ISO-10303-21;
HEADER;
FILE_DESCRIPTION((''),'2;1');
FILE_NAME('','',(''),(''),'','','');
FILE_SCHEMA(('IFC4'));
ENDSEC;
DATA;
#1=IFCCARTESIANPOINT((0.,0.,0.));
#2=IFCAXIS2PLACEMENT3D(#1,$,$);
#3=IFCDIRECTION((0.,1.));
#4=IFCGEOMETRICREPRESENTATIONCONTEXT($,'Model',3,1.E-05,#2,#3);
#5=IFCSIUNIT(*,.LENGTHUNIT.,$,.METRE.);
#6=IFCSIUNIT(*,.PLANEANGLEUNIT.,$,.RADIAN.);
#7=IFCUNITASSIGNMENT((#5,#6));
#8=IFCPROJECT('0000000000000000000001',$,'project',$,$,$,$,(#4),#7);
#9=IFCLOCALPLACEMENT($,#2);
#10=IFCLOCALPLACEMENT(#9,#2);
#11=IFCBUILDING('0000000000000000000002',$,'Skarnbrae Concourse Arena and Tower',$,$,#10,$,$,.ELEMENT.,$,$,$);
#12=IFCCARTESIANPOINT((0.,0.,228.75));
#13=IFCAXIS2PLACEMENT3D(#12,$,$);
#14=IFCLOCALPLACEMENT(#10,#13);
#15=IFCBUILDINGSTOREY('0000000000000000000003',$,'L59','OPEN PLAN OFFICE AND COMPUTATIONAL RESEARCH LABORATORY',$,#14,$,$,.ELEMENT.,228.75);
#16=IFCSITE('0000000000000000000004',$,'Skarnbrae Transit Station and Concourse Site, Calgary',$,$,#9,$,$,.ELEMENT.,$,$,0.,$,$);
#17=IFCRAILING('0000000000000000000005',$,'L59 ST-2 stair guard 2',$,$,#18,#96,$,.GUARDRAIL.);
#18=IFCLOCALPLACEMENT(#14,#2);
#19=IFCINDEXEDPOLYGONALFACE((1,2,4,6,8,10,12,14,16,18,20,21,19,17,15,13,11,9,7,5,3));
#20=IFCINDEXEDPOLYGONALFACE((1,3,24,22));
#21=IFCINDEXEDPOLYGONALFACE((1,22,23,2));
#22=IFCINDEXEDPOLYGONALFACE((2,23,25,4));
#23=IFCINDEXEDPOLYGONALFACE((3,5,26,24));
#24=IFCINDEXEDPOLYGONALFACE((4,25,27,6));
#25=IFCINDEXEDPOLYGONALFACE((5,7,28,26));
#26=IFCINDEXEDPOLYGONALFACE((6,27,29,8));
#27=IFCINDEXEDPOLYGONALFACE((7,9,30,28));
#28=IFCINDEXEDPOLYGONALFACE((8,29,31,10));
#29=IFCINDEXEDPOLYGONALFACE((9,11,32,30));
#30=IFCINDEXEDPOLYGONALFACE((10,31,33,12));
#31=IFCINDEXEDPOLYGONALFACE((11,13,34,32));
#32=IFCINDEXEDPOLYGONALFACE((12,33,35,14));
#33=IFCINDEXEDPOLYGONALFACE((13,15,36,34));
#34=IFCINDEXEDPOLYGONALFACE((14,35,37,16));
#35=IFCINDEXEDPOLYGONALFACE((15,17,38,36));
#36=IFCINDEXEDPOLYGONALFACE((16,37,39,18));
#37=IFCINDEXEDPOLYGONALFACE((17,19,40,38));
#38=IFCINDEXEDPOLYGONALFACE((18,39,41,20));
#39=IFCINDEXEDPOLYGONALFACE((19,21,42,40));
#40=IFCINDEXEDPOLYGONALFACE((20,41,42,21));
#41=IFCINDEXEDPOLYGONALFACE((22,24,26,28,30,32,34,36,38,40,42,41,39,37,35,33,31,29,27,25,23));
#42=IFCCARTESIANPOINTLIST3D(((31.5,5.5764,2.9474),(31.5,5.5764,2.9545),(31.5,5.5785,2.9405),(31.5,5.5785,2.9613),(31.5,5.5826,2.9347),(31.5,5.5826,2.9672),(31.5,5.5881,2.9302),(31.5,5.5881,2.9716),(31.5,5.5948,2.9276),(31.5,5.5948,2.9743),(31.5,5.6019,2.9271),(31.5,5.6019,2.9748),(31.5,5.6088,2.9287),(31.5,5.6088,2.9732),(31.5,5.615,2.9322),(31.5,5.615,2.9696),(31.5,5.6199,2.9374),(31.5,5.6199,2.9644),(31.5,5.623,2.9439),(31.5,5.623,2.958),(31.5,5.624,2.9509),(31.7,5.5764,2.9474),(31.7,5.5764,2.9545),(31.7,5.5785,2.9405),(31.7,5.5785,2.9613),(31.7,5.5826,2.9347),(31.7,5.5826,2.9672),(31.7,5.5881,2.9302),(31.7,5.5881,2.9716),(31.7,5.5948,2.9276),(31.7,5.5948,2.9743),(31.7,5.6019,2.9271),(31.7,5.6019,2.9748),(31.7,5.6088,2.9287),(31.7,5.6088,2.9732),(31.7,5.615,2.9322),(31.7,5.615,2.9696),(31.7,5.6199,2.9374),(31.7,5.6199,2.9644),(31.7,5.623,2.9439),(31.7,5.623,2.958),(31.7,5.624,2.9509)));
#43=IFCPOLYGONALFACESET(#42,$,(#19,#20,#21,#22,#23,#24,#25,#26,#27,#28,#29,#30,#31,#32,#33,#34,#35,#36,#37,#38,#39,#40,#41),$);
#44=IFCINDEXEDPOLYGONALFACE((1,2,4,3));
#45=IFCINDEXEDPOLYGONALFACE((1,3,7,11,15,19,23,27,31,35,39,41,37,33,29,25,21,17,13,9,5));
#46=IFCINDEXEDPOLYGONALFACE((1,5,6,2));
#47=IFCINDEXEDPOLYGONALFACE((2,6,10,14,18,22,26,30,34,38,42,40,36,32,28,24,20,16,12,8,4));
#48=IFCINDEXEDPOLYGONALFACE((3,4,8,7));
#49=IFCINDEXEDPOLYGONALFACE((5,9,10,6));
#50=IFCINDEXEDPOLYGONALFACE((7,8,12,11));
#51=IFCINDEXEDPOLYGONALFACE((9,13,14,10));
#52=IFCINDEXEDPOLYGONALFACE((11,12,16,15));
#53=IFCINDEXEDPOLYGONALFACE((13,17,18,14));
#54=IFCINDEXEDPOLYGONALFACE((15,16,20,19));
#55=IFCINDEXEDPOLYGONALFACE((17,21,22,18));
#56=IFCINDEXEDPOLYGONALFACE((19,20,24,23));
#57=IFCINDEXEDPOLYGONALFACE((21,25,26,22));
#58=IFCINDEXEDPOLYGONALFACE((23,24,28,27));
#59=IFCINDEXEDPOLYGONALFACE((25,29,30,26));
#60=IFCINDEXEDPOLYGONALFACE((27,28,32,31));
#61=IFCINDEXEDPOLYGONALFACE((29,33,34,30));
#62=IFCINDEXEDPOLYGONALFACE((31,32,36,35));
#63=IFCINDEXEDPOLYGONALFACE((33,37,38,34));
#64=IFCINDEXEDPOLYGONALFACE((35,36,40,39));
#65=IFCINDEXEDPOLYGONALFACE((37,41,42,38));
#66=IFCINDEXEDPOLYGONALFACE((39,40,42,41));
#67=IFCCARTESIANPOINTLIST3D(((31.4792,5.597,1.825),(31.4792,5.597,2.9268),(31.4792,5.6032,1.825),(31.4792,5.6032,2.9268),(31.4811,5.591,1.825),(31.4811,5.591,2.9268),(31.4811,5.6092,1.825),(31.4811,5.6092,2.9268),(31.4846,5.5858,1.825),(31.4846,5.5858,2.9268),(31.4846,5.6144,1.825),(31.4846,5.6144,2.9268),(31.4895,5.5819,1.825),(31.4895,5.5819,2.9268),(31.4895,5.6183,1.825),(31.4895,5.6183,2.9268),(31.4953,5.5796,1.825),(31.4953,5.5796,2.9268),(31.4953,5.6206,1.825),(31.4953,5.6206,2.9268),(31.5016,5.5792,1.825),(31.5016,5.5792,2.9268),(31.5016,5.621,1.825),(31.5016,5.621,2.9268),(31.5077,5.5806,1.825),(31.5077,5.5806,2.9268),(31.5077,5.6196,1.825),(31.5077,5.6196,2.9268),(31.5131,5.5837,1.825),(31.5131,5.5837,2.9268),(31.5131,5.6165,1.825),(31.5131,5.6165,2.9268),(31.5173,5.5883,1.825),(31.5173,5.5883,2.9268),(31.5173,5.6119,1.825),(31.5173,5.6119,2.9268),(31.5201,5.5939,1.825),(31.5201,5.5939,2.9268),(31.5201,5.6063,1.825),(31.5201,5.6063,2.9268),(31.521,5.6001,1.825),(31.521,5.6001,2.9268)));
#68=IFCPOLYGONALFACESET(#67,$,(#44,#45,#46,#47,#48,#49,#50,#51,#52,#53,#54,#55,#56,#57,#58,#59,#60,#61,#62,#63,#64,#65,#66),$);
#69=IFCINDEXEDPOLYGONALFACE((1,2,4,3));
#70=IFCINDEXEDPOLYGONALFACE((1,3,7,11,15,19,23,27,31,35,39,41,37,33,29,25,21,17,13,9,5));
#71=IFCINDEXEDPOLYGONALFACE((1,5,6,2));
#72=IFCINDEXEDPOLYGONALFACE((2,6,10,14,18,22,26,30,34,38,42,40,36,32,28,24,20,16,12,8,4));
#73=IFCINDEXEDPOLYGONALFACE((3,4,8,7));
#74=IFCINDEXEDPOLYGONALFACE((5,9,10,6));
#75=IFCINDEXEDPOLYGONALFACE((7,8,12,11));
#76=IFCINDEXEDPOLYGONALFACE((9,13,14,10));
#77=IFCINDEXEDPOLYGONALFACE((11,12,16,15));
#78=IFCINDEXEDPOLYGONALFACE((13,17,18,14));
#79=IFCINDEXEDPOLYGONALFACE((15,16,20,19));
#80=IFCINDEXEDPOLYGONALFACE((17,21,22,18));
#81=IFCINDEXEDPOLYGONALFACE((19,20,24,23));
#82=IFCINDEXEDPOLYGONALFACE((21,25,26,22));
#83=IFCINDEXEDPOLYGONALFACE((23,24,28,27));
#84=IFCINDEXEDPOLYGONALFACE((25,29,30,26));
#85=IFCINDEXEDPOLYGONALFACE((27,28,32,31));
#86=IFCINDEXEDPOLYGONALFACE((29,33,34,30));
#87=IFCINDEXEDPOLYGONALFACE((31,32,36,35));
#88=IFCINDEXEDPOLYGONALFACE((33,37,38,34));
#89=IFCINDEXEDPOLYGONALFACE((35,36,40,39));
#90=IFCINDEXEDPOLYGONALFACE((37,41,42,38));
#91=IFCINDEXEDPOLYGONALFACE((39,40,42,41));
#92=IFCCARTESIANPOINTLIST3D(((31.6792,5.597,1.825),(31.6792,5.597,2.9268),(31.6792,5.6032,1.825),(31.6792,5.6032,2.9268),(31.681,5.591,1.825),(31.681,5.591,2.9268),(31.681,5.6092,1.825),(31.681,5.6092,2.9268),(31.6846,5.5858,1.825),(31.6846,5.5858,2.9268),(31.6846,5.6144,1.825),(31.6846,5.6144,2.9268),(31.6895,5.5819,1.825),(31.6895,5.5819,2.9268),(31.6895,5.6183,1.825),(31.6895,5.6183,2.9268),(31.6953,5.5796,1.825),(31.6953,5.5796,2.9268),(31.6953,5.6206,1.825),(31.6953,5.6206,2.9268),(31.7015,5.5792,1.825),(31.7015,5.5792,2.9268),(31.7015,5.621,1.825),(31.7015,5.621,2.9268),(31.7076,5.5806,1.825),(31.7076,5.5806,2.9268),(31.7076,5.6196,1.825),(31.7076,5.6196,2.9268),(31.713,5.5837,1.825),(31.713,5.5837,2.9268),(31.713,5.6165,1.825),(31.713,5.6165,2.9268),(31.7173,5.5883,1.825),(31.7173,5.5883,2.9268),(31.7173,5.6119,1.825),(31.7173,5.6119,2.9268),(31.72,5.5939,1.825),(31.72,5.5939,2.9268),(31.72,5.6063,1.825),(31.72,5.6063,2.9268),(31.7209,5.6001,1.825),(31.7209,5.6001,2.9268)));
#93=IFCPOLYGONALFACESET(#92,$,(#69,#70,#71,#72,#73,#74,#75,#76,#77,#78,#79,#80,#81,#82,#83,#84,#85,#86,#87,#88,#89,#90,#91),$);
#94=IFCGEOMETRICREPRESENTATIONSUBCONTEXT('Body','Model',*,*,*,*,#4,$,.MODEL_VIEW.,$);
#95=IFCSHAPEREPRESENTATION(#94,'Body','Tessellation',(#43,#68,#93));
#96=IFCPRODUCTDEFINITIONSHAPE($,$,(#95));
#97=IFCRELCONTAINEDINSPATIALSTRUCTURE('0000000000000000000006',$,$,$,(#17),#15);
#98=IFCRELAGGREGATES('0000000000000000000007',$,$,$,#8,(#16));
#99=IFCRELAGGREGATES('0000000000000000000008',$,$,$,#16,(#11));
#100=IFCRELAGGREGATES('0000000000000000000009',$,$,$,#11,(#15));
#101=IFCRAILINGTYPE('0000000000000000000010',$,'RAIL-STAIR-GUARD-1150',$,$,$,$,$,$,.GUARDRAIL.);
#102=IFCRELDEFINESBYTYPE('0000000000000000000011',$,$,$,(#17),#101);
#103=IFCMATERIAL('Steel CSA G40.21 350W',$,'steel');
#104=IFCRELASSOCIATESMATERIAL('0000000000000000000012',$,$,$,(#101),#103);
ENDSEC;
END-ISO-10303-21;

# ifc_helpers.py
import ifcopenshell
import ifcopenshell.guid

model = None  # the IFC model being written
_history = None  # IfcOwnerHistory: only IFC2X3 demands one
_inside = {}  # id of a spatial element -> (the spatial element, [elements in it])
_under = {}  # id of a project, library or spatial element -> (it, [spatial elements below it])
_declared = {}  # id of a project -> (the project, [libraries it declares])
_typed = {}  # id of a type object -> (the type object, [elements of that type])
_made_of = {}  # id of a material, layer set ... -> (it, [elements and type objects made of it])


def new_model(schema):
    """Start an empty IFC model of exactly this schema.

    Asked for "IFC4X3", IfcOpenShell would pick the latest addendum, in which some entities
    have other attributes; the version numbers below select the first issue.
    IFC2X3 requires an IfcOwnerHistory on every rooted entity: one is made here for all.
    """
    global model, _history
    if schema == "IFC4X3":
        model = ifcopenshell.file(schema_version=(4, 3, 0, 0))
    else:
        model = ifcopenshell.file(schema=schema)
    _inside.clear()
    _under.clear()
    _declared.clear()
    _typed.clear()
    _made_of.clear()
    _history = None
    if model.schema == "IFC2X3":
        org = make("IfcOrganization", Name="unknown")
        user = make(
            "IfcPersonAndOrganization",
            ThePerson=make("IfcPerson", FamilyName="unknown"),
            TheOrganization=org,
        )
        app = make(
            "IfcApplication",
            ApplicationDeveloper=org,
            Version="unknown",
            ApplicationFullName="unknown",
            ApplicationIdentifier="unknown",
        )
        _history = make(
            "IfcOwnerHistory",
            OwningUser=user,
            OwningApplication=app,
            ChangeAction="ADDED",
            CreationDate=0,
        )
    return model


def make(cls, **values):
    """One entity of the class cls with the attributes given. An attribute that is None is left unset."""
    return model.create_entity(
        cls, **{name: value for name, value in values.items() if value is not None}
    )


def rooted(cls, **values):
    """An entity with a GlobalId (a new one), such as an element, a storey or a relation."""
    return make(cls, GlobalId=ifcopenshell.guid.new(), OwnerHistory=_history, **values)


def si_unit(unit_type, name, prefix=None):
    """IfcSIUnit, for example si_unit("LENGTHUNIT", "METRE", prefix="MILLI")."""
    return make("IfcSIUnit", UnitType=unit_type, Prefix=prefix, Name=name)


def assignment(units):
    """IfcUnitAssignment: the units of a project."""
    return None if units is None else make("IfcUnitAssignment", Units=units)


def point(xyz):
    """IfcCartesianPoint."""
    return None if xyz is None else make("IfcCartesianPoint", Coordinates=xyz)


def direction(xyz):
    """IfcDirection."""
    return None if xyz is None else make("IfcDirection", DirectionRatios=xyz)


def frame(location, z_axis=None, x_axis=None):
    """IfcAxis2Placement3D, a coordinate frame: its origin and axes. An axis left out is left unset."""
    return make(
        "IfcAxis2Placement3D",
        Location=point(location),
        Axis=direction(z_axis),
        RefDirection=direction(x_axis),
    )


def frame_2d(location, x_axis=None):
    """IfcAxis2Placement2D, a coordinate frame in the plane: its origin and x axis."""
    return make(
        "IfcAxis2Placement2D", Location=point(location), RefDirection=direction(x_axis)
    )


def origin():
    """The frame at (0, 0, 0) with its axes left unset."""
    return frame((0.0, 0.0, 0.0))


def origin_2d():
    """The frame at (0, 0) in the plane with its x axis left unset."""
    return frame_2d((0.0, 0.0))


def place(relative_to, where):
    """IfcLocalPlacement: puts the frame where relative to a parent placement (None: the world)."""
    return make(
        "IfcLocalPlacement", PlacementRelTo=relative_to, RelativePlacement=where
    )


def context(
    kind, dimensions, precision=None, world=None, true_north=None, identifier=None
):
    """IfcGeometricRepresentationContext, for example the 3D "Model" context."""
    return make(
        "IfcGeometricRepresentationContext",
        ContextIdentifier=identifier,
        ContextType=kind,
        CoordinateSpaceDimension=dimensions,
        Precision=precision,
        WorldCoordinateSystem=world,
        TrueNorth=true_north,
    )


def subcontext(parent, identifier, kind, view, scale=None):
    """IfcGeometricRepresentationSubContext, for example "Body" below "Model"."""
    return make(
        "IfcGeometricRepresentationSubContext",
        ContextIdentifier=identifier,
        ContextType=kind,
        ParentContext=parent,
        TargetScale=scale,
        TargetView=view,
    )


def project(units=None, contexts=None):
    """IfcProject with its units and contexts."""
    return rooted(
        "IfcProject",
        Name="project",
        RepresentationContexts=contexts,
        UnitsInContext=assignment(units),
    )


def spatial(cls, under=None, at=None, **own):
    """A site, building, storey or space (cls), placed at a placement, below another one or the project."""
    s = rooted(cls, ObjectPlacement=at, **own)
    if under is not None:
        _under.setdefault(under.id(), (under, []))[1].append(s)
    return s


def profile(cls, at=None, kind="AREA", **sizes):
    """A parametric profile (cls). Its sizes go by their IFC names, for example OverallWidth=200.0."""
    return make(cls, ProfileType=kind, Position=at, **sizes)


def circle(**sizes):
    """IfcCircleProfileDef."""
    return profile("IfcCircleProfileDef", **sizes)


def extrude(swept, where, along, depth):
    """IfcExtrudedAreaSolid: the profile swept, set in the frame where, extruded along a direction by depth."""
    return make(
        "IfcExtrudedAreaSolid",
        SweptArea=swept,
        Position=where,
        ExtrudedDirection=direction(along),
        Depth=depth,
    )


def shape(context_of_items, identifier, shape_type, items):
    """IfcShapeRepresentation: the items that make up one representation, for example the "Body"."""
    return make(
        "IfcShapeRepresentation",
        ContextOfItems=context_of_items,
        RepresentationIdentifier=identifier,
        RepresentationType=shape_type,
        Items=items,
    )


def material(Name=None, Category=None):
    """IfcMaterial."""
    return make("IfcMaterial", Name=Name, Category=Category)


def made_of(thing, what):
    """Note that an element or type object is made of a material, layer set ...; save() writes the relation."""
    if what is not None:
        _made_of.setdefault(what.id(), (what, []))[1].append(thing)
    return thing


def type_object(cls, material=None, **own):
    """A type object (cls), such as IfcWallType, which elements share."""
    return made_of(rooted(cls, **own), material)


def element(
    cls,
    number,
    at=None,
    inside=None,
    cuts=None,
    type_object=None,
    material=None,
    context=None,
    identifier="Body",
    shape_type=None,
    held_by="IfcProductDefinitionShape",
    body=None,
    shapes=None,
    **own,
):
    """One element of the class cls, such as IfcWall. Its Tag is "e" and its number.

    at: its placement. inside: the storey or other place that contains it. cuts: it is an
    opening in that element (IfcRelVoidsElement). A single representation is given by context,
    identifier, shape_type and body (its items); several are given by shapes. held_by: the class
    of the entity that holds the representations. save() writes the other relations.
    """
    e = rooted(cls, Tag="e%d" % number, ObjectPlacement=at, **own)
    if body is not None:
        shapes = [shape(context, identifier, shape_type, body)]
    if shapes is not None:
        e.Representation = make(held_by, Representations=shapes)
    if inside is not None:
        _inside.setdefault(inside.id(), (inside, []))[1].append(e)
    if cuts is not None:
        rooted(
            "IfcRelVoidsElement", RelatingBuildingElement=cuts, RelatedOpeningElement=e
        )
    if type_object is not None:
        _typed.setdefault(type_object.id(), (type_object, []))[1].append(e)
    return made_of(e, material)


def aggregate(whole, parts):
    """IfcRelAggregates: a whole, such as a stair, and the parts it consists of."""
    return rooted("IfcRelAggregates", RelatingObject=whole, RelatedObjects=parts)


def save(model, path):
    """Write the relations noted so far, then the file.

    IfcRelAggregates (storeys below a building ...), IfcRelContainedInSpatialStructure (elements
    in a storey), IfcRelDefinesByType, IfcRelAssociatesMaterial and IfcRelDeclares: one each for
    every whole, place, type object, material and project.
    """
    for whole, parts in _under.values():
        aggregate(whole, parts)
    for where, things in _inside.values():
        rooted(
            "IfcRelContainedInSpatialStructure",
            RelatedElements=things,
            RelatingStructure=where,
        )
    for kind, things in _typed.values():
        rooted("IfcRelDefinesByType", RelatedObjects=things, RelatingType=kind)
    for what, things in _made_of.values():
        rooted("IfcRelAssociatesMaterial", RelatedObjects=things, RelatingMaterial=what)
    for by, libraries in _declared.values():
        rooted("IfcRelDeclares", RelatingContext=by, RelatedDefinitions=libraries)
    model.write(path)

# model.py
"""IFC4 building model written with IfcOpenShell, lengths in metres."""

from ifc_helpers import new_model, si_unit, direction, frame, origin, origin_2d, place, context, subcontext, project, spatial, circle, extrude, material, type_object, element, save


model = new_model("IFC4")

# Units and contexts
model_context = context("Model", 3, precision=1e-05, world=origin(), true_north=direction((0.0, 1.0)))
body_context = subcontext(model_context, "Body", "Model", "MODEL_VIEW")
ifc_project = project(units=[si_unit("LENGTHUNIT", "METRE"), si_unit("PLANEANGLEUNIT", "RADIAN")], contexts=[model_context])

# Site, building, storey
site_placement = place(None, origin())
site = spatial("IfcSite", under=ifc_project, at=site_placement, Name="Skarnbrae Transit Station and Concourse Site, Calgary", CompositionType="ELEMENT", RefElevation=0.0)
building_placement = place(site_placement, origin())
building = spatial("IfcBuilding", under=site, at=building_placement, Name="Skarnbrae Concourse Arena and Tower", CompositionType="ELEMENT")
storey_placement = place(building_placement, frame((0.0, 0.0, 228.75)))
storey = spatial("IfcBuildingStorey", under=building, at=storey_placement, Name="L59", Description="OPEN PLAN OFFICE AND COMPUTATIONAL RESEARCH LABORATORY", CompositionType="ELEMENT", Elevation=228.75)

# Shared definitions
ifc_material_1 = material(Name="Steel CSA G40.21 350W", Category="steel")

# Railing
railing_type_1 = type_object("IfcRailingType", Name="RAIL-STAIR-GUARD-1150", PredefinedType="GUARDRAIL", material=ifc_material_1)
railing_1_placement = place(storey_placement, frame((31.5, 5.6001, 1.825)))
element("IfcRailing", 1, at=railing_1_placement, inside=storey, type_object=railing_type_1, Name="L59 ST-2 stair guard 2", PredefinedType="GUARDRAIL", context=body_context, shape_type="SweptSolid", body=[
    extrude(circle(Radius=0.0239, at=origin_2d()), frame((0.0, 0.0, 1.126), z_axis=(1.0, 0.0, 0.0), x_axis=(0.0, 1.0, 0.0)), (0.0, 0.0, 1.0), 0.2),
    extrude(circle(Radius=0.021, at=origin_2d()), origin(), (0.0, 0.0, 1.0), 1.1018),
    extrude(circle(Radius=0.021, at=origin_2d()), frame((0.2, 0.0, 0.0)), (0.0, 0.0, 1.0), 1.1018),
])

save(model, "model.ifc")
